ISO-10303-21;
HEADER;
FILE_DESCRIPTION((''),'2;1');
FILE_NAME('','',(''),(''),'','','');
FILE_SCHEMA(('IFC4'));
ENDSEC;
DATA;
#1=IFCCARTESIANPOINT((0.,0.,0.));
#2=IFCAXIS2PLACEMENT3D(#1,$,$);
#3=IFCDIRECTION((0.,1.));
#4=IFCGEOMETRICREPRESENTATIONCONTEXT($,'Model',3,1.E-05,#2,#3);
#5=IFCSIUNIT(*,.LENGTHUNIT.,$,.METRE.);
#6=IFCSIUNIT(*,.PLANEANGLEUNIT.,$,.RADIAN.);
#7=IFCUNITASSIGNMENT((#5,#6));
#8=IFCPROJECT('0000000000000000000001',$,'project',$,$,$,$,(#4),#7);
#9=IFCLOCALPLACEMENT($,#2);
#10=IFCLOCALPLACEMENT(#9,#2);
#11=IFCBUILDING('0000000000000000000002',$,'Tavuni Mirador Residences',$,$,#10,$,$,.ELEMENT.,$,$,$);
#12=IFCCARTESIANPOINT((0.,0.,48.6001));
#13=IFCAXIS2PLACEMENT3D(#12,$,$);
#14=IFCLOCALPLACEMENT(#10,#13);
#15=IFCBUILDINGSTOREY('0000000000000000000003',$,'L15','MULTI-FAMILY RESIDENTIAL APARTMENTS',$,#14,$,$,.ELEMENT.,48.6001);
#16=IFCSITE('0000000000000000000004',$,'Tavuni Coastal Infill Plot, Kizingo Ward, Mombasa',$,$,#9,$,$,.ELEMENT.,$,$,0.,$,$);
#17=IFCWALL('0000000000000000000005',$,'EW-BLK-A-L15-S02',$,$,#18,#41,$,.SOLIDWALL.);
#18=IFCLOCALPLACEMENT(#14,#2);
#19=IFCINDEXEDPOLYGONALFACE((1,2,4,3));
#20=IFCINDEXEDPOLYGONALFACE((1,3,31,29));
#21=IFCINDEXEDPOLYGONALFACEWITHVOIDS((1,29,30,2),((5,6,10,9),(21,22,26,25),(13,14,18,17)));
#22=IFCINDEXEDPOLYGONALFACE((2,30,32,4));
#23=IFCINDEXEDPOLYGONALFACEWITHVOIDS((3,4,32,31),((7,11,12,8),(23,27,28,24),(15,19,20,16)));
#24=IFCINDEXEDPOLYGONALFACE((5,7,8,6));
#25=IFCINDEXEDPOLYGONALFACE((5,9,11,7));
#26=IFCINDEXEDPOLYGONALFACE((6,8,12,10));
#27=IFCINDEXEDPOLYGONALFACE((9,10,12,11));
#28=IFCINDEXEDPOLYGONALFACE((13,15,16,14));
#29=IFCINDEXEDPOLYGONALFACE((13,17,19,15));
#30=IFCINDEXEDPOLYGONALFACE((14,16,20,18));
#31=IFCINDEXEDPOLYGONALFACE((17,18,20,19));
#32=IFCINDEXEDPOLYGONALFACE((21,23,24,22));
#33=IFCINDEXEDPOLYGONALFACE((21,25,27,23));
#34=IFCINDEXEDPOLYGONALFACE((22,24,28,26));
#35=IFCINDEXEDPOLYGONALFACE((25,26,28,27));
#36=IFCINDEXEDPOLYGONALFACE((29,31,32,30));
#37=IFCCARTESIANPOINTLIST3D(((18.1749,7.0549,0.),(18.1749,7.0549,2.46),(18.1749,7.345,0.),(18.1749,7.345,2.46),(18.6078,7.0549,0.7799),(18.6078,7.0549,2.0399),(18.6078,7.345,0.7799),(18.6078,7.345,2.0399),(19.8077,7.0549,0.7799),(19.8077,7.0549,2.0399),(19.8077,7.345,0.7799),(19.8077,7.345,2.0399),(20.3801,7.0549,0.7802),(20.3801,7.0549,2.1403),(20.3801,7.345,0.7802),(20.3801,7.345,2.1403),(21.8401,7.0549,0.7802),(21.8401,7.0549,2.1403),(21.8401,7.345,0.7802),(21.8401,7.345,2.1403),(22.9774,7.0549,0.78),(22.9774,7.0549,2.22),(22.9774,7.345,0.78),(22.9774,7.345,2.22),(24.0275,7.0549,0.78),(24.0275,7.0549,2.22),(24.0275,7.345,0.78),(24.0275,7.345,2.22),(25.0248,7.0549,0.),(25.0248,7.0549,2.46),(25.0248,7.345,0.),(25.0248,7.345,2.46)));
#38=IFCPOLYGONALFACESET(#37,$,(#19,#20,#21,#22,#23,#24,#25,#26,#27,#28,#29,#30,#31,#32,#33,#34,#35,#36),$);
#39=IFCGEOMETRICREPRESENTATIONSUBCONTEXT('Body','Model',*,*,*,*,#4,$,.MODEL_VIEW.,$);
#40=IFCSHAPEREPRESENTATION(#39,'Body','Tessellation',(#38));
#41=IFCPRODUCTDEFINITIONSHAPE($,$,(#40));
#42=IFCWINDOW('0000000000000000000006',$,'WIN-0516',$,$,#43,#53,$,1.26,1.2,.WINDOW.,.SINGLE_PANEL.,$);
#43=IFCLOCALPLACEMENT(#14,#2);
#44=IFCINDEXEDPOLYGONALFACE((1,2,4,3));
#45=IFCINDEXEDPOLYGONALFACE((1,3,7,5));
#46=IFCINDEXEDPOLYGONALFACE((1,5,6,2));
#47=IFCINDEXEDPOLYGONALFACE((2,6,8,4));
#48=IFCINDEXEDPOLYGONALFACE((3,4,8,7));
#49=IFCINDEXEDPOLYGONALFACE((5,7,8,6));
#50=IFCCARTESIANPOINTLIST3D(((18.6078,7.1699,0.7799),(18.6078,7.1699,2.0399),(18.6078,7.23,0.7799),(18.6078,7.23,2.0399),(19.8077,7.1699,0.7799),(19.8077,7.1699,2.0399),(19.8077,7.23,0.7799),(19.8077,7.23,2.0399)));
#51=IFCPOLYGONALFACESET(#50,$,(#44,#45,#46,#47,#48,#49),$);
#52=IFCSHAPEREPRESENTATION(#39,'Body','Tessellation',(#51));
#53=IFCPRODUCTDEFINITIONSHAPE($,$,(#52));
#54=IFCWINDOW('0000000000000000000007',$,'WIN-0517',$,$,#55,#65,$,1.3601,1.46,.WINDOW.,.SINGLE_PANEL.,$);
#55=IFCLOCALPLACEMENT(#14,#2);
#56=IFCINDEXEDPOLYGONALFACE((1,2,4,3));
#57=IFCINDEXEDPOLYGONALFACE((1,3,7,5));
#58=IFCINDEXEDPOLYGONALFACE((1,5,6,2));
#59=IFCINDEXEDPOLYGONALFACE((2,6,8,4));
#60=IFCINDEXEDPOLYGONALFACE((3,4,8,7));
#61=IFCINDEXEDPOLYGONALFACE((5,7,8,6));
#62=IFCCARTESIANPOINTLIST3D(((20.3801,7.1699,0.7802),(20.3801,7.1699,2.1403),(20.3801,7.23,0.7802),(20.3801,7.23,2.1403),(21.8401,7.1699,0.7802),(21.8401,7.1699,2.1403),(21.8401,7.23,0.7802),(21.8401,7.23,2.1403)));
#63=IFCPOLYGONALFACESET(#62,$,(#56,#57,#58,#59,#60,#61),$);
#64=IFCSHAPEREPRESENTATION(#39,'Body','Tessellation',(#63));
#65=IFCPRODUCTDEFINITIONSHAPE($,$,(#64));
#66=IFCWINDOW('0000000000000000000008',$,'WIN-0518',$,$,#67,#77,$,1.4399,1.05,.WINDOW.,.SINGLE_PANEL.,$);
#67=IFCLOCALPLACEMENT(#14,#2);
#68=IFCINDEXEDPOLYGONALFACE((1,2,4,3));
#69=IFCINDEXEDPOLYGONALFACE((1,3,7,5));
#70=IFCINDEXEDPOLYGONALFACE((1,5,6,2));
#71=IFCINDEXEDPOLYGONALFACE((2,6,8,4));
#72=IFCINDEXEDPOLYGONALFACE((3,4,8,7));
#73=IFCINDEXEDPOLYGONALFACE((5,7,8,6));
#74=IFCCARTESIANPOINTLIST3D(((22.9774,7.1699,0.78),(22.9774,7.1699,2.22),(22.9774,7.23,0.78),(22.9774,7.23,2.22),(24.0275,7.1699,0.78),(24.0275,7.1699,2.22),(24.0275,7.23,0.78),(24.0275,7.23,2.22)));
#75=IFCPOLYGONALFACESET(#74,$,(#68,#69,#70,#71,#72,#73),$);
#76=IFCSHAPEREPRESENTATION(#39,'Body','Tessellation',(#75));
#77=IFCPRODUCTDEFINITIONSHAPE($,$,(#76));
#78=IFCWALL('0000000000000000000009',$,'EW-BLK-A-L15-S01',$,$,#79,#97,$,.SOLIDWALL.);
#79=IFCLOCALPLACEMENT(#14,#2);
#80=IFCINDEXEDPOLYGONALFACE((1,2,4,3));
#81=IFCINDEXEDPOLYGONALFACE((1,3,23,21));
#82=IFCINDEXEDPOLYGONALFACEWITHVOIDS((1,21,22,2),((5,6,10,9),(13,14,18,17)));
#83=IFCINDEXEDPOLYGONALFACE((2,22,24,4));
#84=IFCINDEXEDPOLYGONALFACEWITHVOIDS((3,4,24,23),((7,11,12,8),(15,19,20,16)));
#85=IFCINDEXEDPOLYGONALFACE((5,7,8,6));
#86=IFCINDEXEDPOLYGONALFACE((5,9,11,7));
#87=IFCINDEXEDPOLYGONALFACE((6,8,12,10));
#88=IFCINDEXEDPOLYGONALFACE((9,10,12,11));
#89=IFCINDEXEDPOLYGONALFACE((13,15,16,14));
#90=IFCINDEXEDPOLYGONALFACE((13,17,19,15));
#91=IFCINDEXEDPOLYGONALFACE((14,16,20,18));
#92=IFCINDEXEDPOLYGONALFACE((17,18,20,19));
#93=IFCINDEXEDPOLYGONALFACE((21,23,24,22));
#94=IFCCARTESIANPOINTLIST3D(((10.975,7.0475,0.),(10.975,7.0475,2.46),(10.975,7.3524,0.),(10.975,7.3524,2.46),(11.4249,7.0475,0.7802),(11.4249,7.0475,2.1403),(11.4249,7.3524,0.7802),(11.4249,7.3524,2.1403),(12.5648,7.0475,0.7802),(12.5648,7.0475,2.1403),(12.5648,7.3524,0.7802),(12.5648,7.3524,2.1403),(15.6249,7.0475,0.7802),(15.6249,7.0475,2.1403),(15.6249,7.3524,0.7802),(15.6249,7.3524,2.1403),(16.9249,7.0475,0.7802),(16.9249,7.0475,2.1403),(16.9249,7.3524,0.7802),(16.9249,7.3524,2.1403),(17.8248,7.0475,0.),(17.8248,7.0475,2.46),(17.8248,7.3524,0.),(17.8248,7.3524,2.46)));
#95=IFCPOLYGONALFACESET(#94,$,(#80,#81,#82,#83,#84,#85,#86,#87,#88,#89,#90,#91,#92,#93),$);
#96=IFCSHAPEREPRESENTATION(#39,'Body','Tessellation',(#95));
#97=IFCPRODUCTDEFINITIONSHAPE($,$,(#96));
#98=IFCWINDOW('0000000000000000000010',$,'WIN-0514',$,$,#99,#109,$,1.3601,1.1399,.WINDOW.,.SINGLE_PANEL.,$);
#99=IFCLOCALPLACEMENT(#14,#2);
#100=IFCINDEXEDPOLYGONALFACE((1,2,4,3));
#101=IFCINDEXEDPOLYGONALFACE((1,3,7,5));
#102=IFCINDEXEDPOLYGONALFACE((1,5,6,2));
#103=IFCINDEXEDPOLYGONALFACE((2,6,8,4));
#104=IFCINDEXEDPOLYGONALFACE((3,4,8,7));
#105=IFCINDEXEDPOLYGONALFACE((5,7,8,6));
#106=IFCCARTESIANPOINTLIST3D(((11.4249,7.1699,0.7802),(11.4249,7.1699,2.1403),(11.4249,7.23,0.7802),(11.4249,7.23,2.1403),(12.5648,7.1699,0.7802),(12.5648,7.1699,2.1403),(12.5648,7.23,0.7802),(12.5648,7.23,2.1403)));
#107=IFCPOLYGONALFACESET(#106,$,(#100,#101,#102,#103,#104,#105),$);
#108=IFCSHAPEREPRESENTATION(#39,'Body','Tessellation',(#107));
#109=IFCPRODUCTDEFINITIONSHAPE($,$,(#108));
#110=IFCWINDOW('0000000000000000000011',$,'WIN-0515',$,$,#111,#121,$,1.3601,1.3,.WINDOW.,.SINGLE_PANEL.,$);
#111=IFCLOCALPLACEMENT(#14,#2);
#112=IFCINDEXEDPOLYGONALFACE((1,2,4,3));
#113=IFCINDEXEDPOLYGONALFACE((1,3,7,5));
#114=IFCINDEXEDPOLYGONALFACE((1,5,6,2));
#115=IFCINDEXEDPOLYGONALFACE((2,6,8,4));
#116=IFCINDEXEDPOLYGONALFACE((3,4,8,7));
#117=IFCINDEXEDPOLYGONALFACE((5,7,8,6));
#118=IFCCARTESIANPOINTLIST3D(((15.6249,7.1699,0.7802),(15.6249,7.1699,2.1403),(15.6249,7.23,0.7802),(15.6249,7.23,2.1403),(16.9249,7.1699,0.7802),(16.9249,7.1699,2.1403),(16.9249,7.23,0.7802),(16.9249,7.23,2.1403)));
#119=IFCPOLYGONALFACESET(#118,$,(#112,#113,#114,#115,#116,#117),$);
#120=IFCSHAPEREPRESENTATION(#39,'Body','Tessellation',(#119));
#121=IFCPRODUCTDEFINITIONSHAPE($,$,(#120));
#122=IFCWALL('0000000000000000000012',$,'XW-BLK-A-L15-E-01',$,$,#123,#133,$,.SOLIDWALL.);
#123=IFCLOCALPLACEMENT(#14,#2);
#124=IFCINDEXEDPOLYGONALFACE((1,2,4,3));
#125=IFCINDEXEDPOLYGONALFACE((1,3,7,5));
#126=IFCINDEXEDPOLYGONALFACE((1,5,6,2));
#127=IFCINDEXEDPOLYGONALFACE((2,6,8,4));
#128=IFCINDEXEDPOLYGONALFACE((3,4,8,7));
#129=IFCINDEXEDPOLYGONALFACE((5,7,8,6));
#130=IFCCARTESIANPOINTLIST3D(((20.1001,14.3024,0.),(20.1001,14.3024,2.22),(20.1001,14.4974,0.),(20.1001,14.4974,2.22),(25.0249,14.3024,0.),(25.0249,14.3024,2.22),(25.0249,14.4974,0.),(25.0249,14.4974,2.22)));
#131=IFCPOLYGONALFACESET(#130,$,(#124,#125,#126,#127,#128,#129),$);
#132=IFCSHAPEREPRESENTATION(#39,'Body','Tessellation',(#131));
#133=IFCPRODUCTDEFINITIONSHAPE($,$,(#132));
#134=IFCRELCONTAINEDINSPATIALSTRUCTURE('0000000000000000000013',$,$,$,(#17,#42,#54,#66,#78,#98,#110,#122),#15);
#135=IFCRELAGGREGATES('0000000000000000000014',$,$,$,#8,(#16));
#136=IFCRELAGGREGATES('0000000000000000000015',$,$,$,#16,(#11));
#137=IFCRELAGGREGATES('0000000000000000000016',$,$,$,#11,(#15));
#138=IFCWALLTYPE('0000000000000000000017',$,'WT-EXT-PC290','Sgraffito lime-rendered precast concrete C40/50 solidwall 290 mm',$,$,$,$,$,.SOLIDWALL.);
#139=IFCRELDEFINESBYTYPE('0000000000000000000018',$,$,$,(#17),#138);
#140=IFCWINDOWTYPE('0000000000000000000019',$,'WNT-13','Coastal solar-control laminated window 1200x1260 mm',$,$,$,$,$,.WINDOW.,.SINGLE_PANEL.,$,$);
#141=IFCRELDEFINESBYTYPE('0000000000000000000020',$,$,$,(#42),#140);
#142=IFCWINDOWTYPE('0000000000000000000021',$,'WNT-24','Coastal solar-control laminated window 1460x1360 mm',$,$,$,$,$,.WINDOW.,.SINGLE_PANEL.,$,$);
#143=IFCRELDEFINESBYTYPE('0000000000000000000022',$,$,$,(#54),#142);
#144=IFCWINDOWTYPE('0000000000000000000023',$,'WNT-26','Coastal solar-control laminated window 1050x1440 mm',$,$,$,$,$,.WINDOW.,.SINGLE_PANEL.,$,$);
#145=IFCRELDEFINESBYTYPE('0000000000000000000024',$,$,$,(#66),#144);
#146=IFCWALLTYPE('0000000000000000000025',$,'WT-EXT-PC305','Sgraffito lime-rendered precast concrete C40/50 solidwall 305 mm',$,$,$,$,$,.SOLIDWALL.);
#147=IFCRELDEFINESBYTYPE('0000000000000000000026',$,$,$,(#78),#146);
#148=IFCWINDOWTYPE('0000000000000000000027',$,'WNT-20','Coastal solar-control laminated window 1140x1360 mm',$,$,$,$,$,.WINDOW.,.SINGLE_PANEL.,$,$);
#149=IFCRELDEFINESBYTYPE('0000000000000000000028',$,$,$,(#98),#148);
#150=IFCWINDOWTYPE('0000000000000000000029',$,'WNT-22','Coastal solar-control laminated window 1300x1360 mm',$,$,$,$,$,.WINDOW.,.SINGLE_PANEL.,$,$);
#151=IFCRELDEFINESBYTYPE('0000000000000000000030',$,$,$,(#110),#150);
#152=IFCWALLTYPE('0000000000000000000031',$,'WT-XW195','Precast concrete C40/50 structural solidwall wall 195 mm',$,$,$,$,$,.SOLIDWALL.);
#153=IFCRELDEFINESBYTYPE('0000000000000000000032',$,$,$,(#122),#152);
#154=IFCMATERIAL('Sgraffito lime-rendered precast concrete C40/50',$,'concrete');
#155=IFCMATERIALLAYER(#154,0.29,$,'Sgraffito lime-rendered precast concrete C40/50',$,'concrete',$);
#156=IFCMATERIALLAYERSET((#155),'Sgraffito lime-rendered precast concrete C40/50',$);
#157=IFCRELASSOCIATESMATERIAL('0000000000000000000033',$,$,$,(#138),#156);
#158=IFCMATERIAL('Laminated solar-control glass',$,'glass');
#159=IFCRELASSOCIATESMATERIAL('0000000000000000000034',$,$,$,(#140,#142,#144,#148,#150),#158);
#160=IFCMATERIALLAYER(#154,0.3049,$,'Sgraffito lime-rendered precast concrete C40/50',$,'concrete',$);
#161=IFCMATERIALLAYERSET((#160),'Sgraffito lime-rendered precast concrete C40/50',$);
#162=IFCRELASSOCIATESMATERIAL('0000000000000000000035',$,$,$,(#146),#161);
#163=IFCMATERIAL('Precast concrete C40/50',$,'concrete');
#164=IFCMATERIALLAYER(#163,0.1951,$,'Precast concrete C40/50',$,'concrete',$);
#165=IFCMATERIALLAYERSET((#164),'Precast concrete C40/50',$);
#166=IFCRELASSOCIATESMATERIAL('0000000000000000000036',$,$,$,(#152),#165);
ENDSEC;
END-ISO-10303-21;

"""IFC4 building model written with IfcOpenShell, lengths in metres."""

from ifc_helpers import new_model, si_unit, direction, frame, frame_2d, origin, place, context, subcontext, project, spatial, rectangle, extrude, material, layer, layer_set, type_object, element, fill, save


model = new_model("IFC4")

# Units and contexts
model_context = context("Model", 3, precision=1e-05, world=origin(), true_north=direction((0.0, 1.0)))
body_context = subcontext(model_context, "Body", "Model", "MODEL_VIEW")
ifc_project = project(units=[si_unit("LENGTHUNIT", "METRE"), si_unit("PLANEANGLEUNIT", "RADIAN")], contexts=[model_context])

# Site, building, storey
site_placement = place(None, origin())
site = spatial("IfcSite", under=ifc_project, at=site_placement, Name="Tavuni Coastal Infill Plot, Kizingo Ward, Mombasa", CompositionType="ELEMENT", RefElevation=0.0)
building_placement = place(site_placement, origin())
building = spatial("IfcBuilding", under=site, at=building_placement, Name="Tavuni Mirador Residences", CompositionType="ELEMENT")
storey_placement = place(building_placement, frame((0.0, 0.0, 48.6001)))
storey = spatial("IfcBuildingStorey", under=building, at=storey_placement, Name="L15", Description="MULTI-FAMILY RESIDENTIAL APARTMENTS", CompositionType="ELEMENT", Elevation=48.6001)

# Shared definitions
ifc_material_1 = material(Name="Precast concrete C40/50", Category="concrete")

# Walls, openings, windows
ifc_material_2 = material(Name="Sgraffito lime-rendered precast concrete C40/50", Category="concrete")
ifc_layer_1 = layer(ifc_material_2, 0.29, Name="Sgraffito lime-rendered precast concrete C40/50", Category="concrete")
ifc_layer_set_1 = layer_set([ifc_layer_1], Name="Sgraffito lime-rendered precast concrete C40/50")
wall_type_1 = type_object("IfcWallType", Name="WT-EXT-PC290", Description="Sgraffito lime-rendered precast concrete C40/50 solidwall 290 mm", PredefinedType="SOLIDWALL", material=ifc_layer_set_1)
wall_1_placement = place(storey_placement, frame((18.175, 7.2, 0.0), z_axis=(0.0, 0.0, 1.0), x_axis=(1.0, 0.0, 0.0)))
wall_1 = element("IfcWall", 1, at=wall_1_placement, inside=storey, type_object=wall_type_1, Name="EW-BLK-A-L15-S02", PredefinedType="SOLIDWALL", context=body_context, shape_type="SweptSolid", body=[
    extrude(rectangle(XDim=6.8499, YDim=0.29, at=frame_2d((3.4248, 0.0))), origin(), (0.0, 0.0, 1.0), 2.46),
])
opening_1_placement = place(wall_1_placement, frame((0.4326, 0.0, 0.78)))
opening_1 = element("IfcOpeningElement", 2, at=opening_1_placement, cuts=wall_1, PredefinedType="OPENING", context=body_context, shape_type="SweptSolid", body=[
    extrude(rectangle(XDim=1.2, YDim=1.26, at=frame_2d((0.6001, 0.6299))), frame((0.0, 0.155, 0.0), z_axis=(0.0, -1.0, 0.0), x_axis=(1.0, 0.0, 0.0)), (0.0, 0.0, 1.0), 0.3101),
])
opening_2_placement = place(wall_1_placement, frame((2.2051, 0.0, 0.78)))
opening_2 = element("IfcOpeningElement", 3, at=opening_2_placement, cuts=wall_1, PredefinedType="OPENING", context=body_context, shape_type="SweptSolid", body=[
    extrude(rectangle(XDim=1.46, YDim=1.3601, at=frame_2d((0.73, 0.6802))), frame((0.0, 0.155, 0.0), z_axis=(0.0, -1.0, 0.0), x_axis=(1.0, 0.0, 0.0)), (0.0, 0.0, 1.0), 0.3101),
])
opening_3_placement = place(wall_1_placement, frame((4.8025, 0.0, 0.78)))
opening_3 = element("IfcOpeningElement", 4, at=opening_3_placement, cuts=wall_1, PredefinedType="OPENING", context=body_context, shape_type="SweptSolid", body=[
    extrude(rectangle(XDim=1.05, YDim=1.4399, at=frame_2d((0.5249, 0.72))), frame((0.0, 0.155, 0.0), z_axis=(0.0, -1.0, 0.0), x_axis=(1.0, 0.0, 0.0)), (0.0, 0.0, 1.0), 0.3101),
])
ifc_material_3 = material(Name="Laminated solar-control glass", Category="glass")
window_type_1 = type_object("IfcWindowType", Name="WNT-13", Description="Coastal solar-control laminated window 1200x1260 mm", PartitioningType="SINGLE_PANEL", PredefinedType="WINDOW", material=ifc_material_3)
window_1_placement = place(opening_1_placement, origin())
window_1 = element("IfcWindow", 5, at=window_1_placement, inside=storey, type_object=window_type_1, Name="WIN-0516", OverallHeight=1.26, OverallWidth=1.2, PartitioningType="SINGLE_PANEL", PredefinedType="WINDOW", context=body_context, shape_type="SweptSolid", body=[
    extrude(rectangle(XDim=1.2, YDim=1.26, at=frame_2d((0.6001, 0.6299))), frame((0.0, 0.03, 0.0), z_axis=(0.0, -1.0, 0.0), x_axis=(1.0, 0.0, 0.0)), (0.0, 0.0, 1.0), 0.0601),
])
fill(opening_1, window_1)
window_type_2 = type_object("IfcWindowType", Name="WNT-24", Description="Coastal solar-control laminated window 1460x1360 mm", PartitioningType="SINGLE_PANEL", PredefinedType="WINDOW", material=ifc_material_3)
window_2_placement = place(opening_2_placement, origin())
window_2 = element("IfcWindow", 6, at=window_2_placement, inside=storey, type_object=window_type_2, Name="WIN-0517", OverallHeight=1.3601, OverallWidth=1.46, PartitioningType="SINGLE_PANEL", PredefinedType="WINDOW", context=body_context, shape_type="SweptSolid", body=[
    extrude(rectangle(XDim=1.46, YDim=1.3601, at=frame_2d((0.73, 0.6802))), frame((0.0, 0.03, 0.0), z_axis=(0.0, -1.0, 0.0), x_axis=(1.0, 0.0, 0.0)), (0.0, 0.0, 1.0), 0.0601),
])
fill(opening_2, window_2)
window_type_3 = type_object("IfcWindowType", Name="WNT-26", Description="Coastal solar-control laminated window 1050x1440 mm", PartitioningType="SINGLE_PANEL", PredefinedType="WINDOW", material=ifc_material_3)
window_3_placement = place(opening_3_placement, origin())
window_3 = element("IfcWindow", 7, at=window_3_placement, inside=storey, type_object=window_type_3, Name="WIN-0518", OverallHeight=1.4399, OverallWidth=1.05, PartitioningType="SINGLE_PANEL", PredefinedType="WINDOW", context=body_context, shape_type="SweptSolid", body=[
    extrude(rectangle(XDim=1.05, YDim=1.4399, at=frame_2d((0.5249, 0.72))), frame((0.0, 0.03, 0.0), z_axis=(0.0, -1.0, 0.0), x_axis=(1.0, 0.0, 0.0)), (0.0, 0.0, 1.0), 0.0601),
])
fill(opening_3, window_3)
ifc_layer_2 = layer(ifc_material_2, 0.3049, Name="Sgraffito lime-rendered precast concrete C40/50", Category="concrete")
ifc_layer_set_2 = layer_set([ifc_layer_2], Name="Sgraffito lime-rendered precast concrete C40/50")
wall_type_2 = type_object("IfcWallType", Name="WT-EXT-PC305", Description="Sgraffito lime-rendered precast concrete C40/50 solidwall 305 mm", PredefinedType="SOLIDWALL", material=ifc_layer_set_2)
wall_2_placement = place(storey_placement, frame((10.9751, 7.2, 0.0), z_axis=(0.0, 0.0, 1.0), x_axis=(1.0, 0.0, 0.0)))
wall_2 = element("IfcWall", 8, at=wall_2_placement, inside=storey, type_object=wall_type_2, Name="EW-BLK-A-L15-S01", PredefinedType="SOLIDWALL", context=body_context, shape_type="SweptSolid", body=[
    extrude(rectangle(XDim=6.8499, YDim=0.3049, at=frame_2d((3.4248, 0.0))), origin(), (0.0, 0.0, 1.0), 2.46),
])
opening_4_placement = place(wall_2_placement, frame((0.45, 0.0, 0.78)))
opening_4 = element("IfcOpeningElement", 9, at=opening_4_placement, cuts=wall_2, PredefinedType="OPENING", context=body_context, shape_type="SweptSolid", body=[
    extrude(rectangle(XDim=1.1399, YDim=1.3601, at=frame_2d((0.5698, 0.6802))), frame((0.0, 0.1626, 0.0), z_axis=(0.0, -1.0, 0.0), x_axis=(1.0, 0.0, 0.0)), (0.0, 0.0, 1.0), 0.325),
])
opening_5_placement = place(wall_2_placement, frame((4.6499, 0.0, 0.78)))
opening_5 = element("IfcOpeningElement", 10, at=opening_5_placement, cuts=wall_2, PredefinedType="OPENING", context=body_context, shape_type="SweptSolid", body=[
    extrude(rectangle(XDim=1.3, YDim=1.3601, at=frame_2d((0.6499, 0.6802))), frame((0.0, 0.1626, 0.0), z_axis=(0.0, -1.0, 0.0), x_axis=(1.0, 0.0, 0.0)), (0.0, 0.0, 1.0), 0.325),
])
window_type_4 = type_object("IfcWindowType", Name="WNT-20", Description="Coastal solar-control laminated window 1140x1360 mm", PartitioningType="SINGLE_PANEL", PredefinedType="WINDOW", material=ifc_material_3)
window_4_placement = place(opening_4_placement, origin())
window_4 = element("IfcWindow", 11, at=window_4_placement, inside=storey, type_object=window_type_4, Name="WIN-0514", OverallHeight=1.3601, OverallWidth=1.1399, PartitioningType="SINGLE_PANEL", PredefinedType="WINDOW", context=body_context, shape_type="SweptSolid", body=[
    extrude(rectangle(XDim=1.1399, YDim=1.3601, at=frame_2d((0.5698, 0.6802))), frame((0.0, 0.03, 0.0), z_axis=(0.0, -1.0, 0.0), x_axis=(1.0, 0.0, 0.0)), (0.0, 0.0, 1.0), 0.0601),
])
fill(opening_4, window_4)
window_type_5 = type_object("IfcWindowType", Name="WNT-22", Description="Coastal solar-control laminated window 1300x1360 mm", PartitioningType="SINGLE_PANEL", PredefinedType="WINDOW", material=ifc_material_3)
window_5_placement = place(opening_5_placement, origin())
window_5 = element("IfcWindow", 12, at=window_5_placement, inside=storey, type_object=window_type_5, Name="WIN-0515", OverallHeight=1.3601, OverallWidth=1.3, PartitioningType="SINGLE_PANEL", PredefinedType="WINDOW", context=body_context, shape_type="SweptSolid", body=[
    extrude(rectangle(XDim=1.3, YDim=1.3601, at=frame_2d((0.6499, 0.6802))), frame((0.0, 0.03, 0.0), z_axis=(0.0, -1.0, 0.0), x_axis=(1.0, 0.0, 0.0)), (0.0, 0.0, 1.0), 0.0601),
])
fill(opening_5, window_5)

# Wall
ifc_layer_3 = layer(ifc_material_1, 0.1951, Name="Precast concrete C40/50", Category="concrete")
ifc_layer_set_3 = layer_set([ifc_layer_3], Name="Precast concrete C40/50")
wall_type_3 = type_object("IfcWallType", Name="WT-XW195", Description="Precast concrete C40/50 structural solidwall wall 195 mm", PredefinedType="SOLIDWALL", material=ifc_layer_set_3)
wall_3_placement = place(storey_placement, frame((20.1001, 14.3999, 0.0), z_axis=(0.0, 0.0, 1.0), x_axis=(1.0, 0.0, 0.0)))
element("IfcWall", 13, at=wall_3_placement, inside=storey, type_object=wall_type_3, Name="XW-BLK-A-L15-E-01", PredefinedType="SOLIDWALL", context=body_context, shape_type="SweptSolid", body=[
    extrude(rectangle(XDim=4.9248, YDim=0.1951, at=frame_2d((2.4624, 0.0))), origin(), (0.0, 0.0, 1.0), 2.22),
])

save(model, "model.ifc")
